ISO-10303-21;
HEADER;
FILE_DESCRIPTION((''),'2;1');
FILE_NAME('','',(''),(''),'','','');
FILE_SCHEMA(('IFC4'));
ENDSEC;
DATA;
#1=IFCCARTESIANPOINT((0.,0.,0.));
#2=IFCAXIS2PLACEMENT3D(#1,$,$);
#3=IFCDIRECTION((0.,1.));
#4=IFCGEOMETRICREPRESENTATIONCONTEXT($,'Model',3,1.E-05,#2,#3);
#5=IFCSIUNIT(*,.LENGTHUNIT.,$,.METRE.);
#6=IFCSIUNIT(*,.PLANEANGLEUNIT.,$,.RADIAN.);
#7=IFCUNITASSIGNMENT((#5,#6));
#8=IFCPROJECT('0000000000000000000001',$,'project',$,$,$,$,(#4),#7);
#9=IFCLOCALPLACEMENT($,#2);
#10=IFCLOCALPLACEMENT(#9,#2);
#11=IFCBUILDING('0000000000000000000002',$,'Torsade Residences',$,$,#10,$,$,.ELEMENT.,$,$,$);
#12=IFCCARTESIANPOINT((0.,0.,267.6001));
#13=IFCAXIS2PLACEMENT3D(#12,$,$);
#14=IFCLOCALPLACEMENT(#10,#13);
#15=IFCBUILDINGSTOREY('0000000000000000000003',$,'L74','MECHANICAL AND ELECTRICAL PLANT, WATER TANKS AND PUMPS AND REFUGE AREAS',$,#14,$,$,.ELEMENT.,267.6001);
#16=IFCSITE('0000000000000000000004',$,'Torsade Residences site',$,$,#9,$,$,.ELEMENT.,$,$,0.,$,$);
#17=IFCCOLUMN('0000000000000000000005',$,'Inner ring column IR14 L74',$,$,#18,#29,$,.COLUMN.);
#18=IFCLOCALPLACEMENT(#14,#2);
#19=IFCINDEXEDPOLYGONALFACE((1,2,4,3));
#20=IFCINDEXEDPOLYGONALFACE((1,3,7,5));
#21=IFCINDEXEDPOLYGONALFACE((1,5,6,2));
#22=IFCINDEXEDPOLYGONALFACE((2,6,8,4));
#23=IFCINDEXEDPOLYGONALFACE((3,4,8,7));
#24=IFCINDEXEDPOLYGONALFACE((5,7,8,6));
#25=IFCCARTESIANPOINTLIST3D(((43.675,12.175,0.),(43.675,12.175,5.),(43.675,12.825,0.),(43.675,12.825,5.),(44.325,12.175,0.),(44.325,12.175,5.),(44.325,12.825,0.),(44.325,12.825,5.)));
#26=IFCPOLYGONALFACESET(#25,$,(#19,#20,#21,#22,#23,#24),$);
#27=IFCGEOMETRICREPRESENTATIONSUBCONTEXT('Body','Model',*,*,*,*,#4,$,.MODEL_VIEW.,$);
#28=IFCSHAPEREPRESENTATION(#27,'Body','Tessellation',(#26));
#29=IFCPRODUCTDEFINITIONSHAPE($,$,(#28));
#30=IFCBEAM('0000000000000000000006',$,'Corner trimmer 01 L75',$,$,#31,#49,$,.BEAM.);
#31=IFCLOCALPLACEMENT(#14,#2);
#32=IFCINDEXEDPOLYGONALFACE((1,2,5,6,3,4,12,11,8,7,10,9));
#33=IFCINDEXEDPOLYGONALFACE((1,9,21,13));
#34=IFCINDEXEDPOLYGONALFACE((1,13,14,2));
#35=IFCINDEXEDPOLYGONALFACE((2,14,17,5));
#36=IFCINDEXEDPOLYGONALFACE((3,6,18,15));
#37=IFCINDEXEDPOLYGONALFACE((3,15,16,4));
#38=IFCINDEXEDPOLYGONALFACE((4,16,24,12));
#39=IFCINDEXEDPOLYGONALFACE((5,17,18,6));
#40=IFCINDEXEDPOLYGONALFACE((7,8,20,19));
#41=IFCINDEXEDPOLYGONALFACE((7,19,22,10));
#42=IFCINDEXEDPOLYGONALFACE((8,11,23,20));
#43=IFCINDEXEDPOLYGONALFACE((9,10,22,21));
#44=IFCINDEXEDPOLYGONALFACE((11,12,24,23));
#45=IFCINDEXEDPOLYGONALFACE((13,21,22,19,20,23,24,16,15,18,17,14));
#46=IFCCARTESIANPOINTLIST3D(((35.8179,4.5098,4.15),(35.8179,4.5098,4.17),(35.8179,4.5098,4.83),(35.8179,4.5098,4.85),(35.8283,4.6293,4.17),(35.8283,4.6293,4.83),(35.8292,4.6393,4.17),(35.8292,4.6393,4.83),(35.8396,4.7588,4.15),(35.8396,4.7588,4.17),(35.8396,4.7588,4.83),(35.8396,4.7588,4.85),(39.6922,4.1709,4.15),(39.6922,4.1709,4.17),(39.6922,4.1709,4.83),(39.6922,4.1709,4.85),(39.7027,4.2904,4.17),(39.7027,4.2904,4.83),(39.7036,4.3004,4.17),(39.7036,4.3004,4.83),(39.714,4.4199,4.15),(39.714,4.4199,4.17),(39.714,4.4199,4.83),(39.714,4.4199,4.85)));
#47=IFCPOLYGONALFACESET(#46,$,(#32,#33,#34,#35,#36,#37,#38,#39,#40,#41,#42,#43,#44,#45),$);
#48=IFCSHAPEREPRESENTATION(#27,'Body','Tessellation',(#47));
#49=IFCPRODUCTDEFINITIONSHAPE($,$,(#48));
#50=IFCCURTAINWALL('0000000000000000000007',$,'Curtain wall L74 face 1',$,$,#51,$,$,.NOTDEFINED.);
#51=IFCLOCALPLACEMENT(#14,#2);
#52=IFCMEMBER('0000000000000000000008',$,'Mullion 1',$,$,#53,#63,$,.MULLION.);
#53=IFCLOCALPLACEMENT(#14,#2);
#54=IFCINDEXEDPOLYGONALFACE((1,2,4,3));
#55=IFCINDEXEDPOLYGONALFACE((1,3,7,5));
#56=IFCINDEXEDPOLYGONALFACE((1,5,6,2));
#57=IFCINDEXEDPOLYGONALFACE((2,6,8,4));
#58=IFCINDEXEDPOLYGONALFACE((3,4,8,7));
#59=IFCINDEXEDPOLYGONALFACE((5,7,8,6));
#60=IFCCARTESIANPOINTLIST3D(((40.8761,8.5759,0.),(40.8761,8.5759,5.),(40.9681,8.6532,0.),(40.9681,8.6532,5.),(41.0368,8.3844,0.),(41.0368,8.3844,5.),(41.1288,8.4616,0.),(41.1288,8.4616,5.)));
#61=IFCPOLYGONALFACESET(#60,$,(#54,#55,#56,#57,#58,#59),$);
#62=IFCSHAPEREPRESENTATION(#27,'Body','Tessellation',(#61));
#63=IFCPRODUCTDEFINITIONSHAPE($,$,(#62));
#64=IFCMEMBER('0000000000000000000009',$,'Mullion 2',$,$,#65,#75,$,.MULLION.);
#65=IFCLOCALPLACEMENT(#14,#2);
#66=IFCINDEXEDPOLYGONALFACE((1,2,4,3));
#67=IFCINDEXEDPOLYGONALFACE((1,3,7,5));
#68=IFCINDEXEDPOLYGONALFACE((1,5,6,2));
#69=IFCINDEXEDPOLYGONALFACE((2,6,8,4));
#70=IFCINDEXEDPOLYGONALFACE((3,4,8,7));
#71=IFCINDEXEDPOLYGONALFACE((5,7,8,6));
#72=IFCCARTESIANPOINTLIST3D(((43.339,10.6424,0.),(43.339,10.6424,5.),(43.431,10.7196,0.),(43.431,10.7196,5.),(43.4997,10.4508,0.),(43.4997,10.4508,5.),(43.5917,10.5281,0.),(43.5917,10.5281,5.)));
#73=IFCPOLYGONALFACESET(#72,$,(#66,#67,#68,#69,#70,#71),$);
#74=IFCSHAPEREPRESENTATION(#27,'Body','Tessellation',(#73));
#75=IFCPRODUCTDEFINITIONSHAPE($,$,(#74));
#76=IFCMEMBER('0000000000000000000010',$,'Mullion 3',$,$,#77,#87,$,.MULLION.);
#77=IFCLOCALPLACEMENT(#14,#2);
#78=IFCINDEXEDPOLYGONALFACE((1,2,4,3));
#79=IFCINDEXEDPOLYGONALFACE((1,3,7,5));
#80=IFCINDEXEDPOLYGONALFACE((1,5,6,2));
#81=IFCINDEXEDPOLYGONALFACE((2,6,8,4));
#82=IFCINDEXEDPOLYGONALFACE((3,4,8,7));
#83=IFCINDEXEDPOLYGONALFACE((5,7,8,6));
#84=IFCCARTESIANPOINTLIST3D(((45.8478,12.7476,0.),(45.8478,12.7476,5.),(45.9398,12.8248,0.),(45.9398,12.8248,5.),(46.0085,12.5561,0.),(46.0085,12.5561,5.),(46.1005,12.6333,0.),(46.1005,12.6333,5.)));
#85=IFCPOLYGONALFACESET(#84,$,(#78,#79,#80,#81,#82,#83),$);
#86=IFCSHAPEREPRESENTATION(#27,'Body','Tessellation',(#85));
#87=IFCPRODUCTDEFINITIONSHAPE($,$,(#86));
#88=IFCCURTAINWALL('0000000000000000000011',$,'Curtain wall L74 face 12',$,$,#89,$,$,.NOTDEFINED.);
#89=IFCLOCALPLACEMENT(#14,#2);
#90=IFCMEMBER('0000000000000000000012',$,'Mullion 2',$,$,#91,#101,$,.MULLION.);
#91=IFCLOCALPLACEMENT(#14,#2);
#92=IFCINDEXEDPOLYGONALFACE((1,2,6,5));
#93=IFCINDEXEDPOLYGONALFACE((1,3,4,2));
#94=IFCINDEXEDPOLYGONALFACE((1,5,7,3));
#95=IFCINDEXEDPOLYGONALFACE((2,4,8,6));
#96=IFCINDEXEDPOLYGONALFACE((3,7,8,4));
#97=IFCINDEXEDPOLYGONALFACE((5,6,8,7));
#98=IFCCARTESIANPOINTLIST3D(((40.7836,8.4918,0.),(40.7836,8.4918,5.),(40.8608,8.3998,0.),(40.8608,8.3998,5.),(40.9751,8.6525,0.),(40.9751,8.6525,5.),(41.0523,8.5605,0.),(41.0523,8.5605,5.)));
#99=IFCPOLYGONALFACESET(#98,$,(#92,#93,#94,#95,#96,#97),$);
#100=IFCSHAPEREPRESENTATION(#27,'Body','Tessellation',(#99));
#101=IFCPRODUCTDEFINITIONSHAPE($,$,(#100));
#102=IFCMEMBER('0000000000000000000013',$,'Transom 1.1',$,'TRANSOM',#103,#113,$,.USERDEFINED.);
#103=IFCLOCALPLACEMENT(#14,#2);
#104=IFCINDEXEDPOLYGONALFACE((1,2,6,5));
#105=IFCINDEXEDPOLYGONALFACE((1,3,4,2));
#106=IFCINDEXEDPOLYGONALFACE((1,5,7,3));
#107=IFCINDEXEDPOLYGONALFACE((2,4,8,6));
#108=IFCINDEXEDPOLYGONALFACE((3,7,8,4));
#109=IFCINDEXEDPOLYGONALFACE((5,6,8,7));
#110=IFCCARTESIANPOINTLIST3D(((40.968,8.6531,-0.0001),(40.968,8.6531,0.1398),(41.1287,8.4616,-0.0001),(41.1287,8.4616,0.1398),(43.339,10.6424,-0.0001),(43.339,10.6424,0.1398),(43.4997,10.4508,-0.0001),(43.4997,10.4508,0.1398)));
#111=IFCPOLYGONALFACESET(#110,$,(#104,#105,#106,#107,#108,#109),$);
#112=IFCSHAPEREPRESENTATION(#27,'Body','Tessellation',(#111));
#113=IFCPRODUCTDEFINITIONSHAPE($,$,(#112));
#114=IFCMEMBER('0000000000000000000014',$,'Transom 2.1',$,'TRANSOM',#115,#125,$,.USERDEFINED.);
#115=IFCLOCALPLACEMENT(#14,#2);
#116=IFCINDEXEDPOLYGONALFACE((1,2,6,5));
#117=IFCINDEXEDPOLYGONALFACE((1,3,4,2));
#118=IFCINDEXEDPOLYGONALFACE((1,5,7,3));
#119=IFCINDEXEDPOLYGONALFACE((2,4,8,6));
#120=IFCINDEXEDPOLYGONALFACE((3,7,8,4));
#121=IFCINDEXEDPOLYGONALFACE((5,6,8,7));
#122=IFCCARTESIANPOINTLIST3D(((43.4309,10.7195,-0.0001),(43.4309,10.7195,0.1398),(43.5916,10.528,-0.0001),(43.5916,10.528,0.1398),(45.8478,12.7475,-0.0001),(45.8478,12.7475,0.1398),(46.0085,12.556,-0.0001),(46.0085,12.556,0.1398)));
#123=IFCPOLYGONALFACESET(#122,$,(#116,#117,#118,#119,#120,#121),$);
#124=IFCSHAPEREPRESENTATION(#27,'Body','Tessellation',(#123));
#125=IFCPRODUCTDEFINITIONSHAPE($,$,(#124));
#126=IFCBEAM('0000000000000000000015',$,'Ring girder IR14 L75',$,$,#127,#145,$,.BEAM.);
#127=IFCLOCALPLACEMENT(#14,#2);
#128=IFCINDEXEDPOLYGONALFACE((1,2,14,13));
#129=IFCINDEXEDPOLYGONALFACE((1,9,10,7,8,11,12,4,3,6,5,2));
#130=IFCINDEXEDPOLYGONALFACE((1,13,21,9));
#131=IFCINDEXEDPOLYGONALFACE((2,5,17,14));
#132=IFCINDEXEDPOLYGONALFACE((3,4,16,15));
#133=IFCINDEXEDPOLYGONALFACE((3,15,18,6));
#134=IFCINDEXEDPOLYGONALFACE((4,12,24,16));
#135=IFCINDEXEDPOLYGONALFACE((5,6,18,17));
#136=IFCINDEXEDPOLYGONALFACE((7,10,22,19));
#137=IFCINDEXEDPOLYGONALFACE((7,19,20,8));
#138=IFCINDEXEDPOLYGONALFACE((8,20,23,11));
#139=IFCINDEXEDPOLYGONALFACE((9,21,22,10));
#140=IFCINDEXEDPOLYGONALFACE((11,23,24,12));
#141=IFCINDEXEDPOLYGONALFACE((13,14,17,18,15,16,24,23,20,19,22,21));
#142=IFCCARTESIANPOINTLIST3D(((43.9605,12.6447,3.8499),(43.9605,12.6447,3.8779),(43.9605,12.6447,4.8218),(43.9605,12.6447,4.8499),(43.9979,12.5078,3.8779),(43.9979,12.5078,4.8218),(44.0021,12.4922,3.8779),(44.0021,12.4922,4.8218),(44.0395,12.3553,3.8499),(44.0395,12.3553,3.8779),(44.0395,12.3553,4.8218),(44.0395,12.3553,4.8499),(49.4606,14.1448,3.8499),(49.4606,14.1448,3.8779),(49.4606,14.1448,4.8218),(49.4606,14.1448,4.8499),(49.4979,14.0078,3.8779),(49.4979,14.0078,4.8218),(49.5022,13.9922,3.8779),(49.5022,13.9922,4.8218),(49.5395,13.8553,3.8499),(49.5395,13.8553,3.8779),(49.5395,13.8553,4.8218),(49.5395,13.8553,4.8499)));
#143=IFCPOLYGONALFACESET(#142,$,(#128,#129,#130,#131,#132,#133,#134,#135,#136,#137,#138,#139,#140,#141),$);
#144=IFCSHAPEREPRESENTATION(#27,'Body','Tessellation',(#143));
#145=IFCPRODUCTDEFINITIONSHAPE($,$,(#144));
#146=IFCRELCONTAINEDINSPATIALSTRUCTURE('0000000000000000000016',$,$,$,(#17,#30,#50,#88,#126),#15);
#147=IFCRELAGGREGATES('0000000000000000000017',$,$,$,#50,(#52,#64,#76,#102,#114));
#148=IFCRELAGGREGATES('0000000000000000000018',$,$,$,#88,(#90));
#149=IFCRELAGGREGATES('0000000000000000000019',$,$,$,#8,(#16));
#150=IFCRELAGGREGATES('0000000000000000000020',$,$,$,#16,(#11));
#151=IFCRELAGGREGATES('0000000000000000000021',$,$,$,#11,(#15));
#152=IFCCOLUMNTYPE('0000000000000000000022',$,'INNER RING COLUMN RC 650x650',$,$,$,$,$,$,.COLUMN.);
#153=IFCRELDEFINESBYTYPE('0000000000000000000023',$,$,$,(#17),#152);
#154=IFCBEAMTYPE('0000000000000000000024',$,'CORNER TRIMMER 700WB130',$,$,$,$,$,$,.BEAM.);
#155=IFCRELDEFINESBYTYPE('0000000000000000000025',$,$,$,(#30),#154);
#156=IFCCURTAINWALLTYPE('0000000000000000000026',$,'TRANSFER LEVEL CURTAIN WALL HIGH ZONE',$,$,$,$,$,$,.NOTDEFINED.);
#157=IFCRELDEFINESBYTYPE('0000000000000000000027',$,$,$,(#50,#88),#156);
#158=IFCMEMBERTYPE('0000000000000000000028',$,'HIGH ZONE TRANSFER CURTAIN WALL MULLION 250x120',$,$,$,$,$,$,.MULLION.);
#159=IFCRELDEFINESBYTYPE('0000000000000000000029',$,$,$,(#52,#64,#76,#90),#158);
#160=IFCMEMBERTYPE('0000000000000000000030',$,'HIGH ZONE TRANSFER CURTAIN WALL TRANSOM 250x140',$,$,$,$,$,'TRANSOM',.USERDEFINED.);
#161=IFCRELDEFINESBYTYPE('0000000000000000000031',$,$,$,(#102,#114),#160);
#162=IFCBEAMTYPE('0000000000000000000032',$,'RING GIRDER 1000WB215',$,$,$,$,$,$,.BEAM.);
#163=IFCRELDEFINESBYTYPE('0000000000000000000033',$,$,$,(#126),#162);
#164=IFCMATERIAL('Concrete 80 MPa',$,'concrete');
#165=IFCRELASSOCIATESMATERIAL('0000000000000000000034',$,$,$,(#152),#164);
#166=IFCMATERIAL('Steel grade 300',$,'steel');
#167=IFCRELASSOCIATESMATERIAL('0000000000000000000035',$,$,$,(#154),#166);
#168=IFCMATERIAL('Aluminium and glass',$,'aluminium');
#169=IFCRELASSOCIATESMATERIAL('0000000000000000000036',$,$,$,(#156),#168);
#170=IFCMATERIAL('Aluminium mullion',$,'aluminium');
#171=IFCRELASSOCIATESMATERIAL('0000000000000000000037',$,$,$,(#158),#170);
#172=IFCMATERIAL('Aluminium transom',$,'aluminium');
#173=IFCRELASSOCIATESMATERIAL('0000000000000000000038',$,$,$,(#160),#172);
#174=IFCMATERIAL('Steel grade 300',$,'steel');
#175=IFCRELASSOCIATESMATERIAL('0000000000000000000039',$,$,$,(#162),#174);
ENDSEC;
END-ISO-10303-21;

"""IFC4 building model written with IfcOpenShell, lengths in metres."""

from ifc_helpers import new_model, si_unit, direction, frame, origin, origin_2d, place, context, subcontext, project, spatial, rectangle, i_section, extrude, material, material_profile, profile_set, type_object, element, aggregate, save


model = new_model("IFC4")

# Units and contexts
model_context = context("Model", 3, precision=1e-05, world=origin(), true_north=direction((0.0, 1.0)))
body_context = subcontext(model_context, "Body", "Model", "MODEL_VIEW")
ifc_project = project(units=[si_unit("LENGTHUNIT", "METRE"), si_unit("PLANEANGLEUNIT", "RADIAN")], contexts=[model_context])

# Site, building, storey
site_placement = place(None, origin())
site = spatial("IfcSite", under=ifc_project, at=site_placement, Name="Torsade Residences site", CompositionType="ELEMENT", RefElevation=0.0)
building_placement = place(site_placement, origin())
building = spatial("IfcBuilding", under=site, at=building_placement, Name="Torsade Residences", CompositionType="ELEMENT")
storey_placement = place(building_placement, frame((0.0, 0.0, 267.6001)))
storey = spatial("IfcBuildingStorey", under=building, at=storey_placement, Name="L74", Description="MECHANICAL AND ELECTRICAL PLANT, WATER TANKS AND PUMPS AND REFUGE AREAS", CompositionType="ELEMENT", Elevation=267.6001)

# Column
ifc_material_1 = material(Name="Concrete 80 MPa", Category="concrete")
ifc_material_profile_1 = material_profile(ifc_material_1, rectangle(XDim=0.6499, YDim=0.6499, at=origin_2d()), Name="RC 650x650")
ifc_profile_set_1 = profile_set([ifc_material_profile_1], Name="Concrete 80 MPa")
column_type = type_object("IfcColumnType", Name="INNER RING COLUMN RC 650x650", PredefinedType="COLUMN", material=ifc_profile_set_1)
column_placement = place(storey_placement, frame((44.0, 12.5, 0.0), z_axis=(0.0, 0.0, 1.0), x_axis=(1.0, 0.0, 0.0)))
element("IfcColumn", 1, at=column_placement, inside=storey, type_object=column_type, Name="Inner ring column IR14 L74", PredefinedType="COLUMN", context=body_context, shape_type="SweptSolid", body=[
    extrude(rectangle(XDim=0.6499, YDim=0.6499, at=origin_2d()), origin(), (0.0, 0.0, 1.0), 5.0),
])

# Beam
ifc_material_2 = material(Name="Steel grade 300", Category="steel")
ifc_material_profile_2 = material_profile(ifc_material_2, i_section(OverallWidth=0.25, OverallDepth=0.7, WebThickness=0.01, FlangeThickness=0.02, at=origin_2d()), Name="700WB130")
ifc_profile_set_2 = profile_set([ifc_material_profile_2], Name="Steel grade 300")
beam_type_1 = type_object("IfcBeamType", Name="CORNER TRIMMER 700WB130", PredefinedType="BEAM", material=ifc_profile_set_2)
beam_1_placement = place(storey_placement, frame((39.7031, 4.2954, 4.5), z_axis=(-0.996197, 0.087133, 0.0), x_axis=(-0.087133, -0.996197, 0.0)))
element("IfcBeam", 2, at=beam_1_placement, inside=storey, type_object=beam_type_1, Name="Corner trimmer 01 L75", PredefinedType="BEAM", context=body_context, shape_type="SweptSolid", body=[
    extrude(i_section(OverallWidth=0.25, OverallDepth=0.7, WebThickness=0.01, FlangeThickness=0.02, at=origin_2d()), origin(), (0.0, 0.0, 1.0), 3.8892),
])

# Curtain wall, members
ifc_material_3 = material(Name="Aluminium and glass", Category="aluminium")
curtain_wall_type = type_object("IfcCurtainWallType", Name="TRANSFER LEVEL CURTAIN WALL HIGH ZONE", PredefinedType="NOTDEFINED", material=ifc_material_3)
curtain_wall_1_placement = place(storey_placement, origin())
curtain_wall_1 = element("IfcCurtainWall", 3, at=curtain_wall_1_placement, inside=storey, type_object=curtain_wall_type, Name="Curtain wall L74 face 1", PredefinedType="NOTDEFINED")
ifc_material_4 = material(Name="Aluminium mullion", Category="aluminium")
ifc_material_profile_3 = material_profile(ifc_material_4, rectangle(XDim=0.25, YDim=0.1201, at=origin_2d()), Name="HIGH ZONE TRANSFER CURTAIN WALL MULLION 250x120")
ifc_profile_set_3 = profile_set([ifc_material_profile_3], Name="Aluminium mullion")
member_type_1 = type_object("IfcMemberType", Name="HIGH ZONE TRANSFER CURTAIN WALL MULLION 250x120", PredefinedType="MULLION", material=ifc_profile_set_3)
member_1_placement = place(storey_placement, frame((41.0024, 8.5188, 0.0), z_axis=(0.0, 0.0, 1.0), x_axis=(-0.642788, 0.766044, 0.0)))
member_1 = element("IfcMember", 4, at=member_1_placement, type_object=member_type_1, Name="Mullion 1", PredefinedType="MULLION", context=body_context, shape_type="SweptSolid", body=[
    extrude(rectangle(XDim=0.25, YDim=0.1201, at=origin_2d()), origin(), (0.0, 0.0, 1.0), 5.0),
])
member_2_placement = place(storey_placement, frame((43.4653, 10.5852, 0.0), z_axis=(0.0, 0.0, 1.0), x_axis=(-0.642788, 0.766044, 0.0)))
member_2 = element("IfcMember", 5, at=member_2_placement, type_object=member_type_1, Name="Mullion 2", PredefinedType="MULLION", context=body_context, shape_type="SweptSolid", body=[
    extrude(rectangle(XDim=0.25, YDim=0.1201, at=origin_2d()), origin(), (0.0, 0.0, 1.0), 5.0),
])
member_3_placement = place(storey_placement, frame((45.9741, 12.6904, 0.0), z_axis=(0.0, 0.0, 1.0), x_axis=(-0.642788, 0.766044, 0.0)))
member_3 = element("IfcMember", 6, at=member_3_placement, type_object=member_type_1, Name="Mullion 3", PredefinedType="MULLION", context=body_context, shape_type="SweptSolid", body=[
    extrude(rectangle(XDim=0.25, YDim=0.1201, at=origin_2d()), origin(), (0.0, 0.0, 1.0), 5.0),
])

# Curtain wall, member
curtain_wall_2_placement = place(storey_placement, origin())
curtain_wall_2 = element("IfcCurtainWall", 7, at=curtain_wall_2_placement, inside=storey, type_object=curtain_wall_type, Name="Curtain wall L74 face 12", PredefinedType="NOTDEFINED")
member_4_placement = place(storey_placement, frame((40.918, 8.5261, 0.0), z_axis=(0.0, 0.0, 1.0), x_axis=(0.766044, 0.642788, 0.0)))
member_4 = element("IfcMember", 8, at=member_4_placement, type_object=member_type_1, Name="Mullion 2", PredefinedType="MULLION", context=body_context, shape_type="SweptSolid", body=[
    extrude(rectangle(XDim=0.25, YDim=0.1201, at=origin_2d()), origin(), (0.0, 0.0, 1.0), 5.0),
])

# Members
ifc_material_5 = material(Name="Aluminium transom", Category="aluminium")
ifc_material_profile_4 = material_profile(ifc_material_5, rectangle(XDim=0.25, YDim=0.1399, at=origin_2d()), Name="HIGH ZONE TRANSFER CURTAIN WALL TRANSOM 250x140")
ifc_profile_set_4 = profile_set([ifc_material_profile_4], Name="Aluminium transom")
member_type_2 = type_object("IfcMemberType", Name="HIGH ZONE TRANSFER CURTAIN WALL TRANSOM 250x140", ElementType="TRANSOM", PredefinedType="USERDEFINED", material=ifc_profile_set_4)
member_5_placement = place(storey_placement, frame((41.0483, 8.5574, 0.0698), z_axis=(0.766096, 0.642726, 0.0), x_axis=(-0.642726, 0.766096, 0.0)))
member_5 = element("IfcMember", 9, at=member_5_placement, type_object=member_type_2, Name="Transom 1.1", ObjectType="TRANSOM", PredefinedType="USERDEFINED", context=body_context, shape_type="SweptSolid", body=[
    extrude(rectangle(XDim=0.25, YDim=0.1399, at=origin_2d()), origin(), (0.0, 0.0, 1.0), 3.095),
])
member_6_placement = place(storey_placement, frame((43.5112, 10.6238, 0.0698), z_axis=(0.766048, 0.642784, 0.0), x_axis=(-0.642784, 0.766048, 0.0)))
member_6 = element("IfcMember", 10, at=member_6_placement, type_object=member_type_2, Name="Transom 2.1", ObjectType="TRANSOM", PredefinedType="USERDEFINED", context=body_context, shape_type="SweptSolid", body=[
    extrude(rectangle(XDim=0.25, YDim=0.1399, at=origin_2d()), origin(), (0.0, 0.0, 1.0), 3.155),
])

# Beam
ifc_material_6 = material(Name="Steel grade 300", Category="steel")
ifc_material_profile_5 = material_profile(ifc_material_6, i_section(OverallWidth=0.3, OverallDepth=1.0, WebThickness=0.0161, FlangeThickness=0.0281, at=origin_2d()), Name="1000WB215")
ifc_profile_set_5 = profile_set([ifc_material_profile_5], Name="Steel grade 300")
beam_type_2 = type_object("IfcBeamType", Name="RING GIRDER 1000WB215", PredefinedType="BEAM", material=ifc_profile_set_5)
beam_2_placement = place(storey_placement, frame((44.0, 12.5, 4.3499), z_axis=(0.964764, 0.263117, 0.0), x_axis=(-0.263117, 0.964764, 0.0)))
element("IfcBeam", 11, at=beam_2_placement, inside=storey, type_object=beam_type_2, Name="Ring girder IR14 L75", PredefinedType="BEAM", context=body_context, shape_type="SweptSolid", body=[
    extrude(i_section(OverallWidth=0.3, OverallDepth=1.0, WebThickness=0.0161, FlangeThickness=0.0281, at=origin_2d()), origin(), (0.0, 0.0, 1.0), 5.7009),
])

aggregate(curtain_wall_1, [member_1, member_2, member_3, member_5, member_6])
aggregate(curtain_wall_2, [member_4])

save(model, "model.ifc")
